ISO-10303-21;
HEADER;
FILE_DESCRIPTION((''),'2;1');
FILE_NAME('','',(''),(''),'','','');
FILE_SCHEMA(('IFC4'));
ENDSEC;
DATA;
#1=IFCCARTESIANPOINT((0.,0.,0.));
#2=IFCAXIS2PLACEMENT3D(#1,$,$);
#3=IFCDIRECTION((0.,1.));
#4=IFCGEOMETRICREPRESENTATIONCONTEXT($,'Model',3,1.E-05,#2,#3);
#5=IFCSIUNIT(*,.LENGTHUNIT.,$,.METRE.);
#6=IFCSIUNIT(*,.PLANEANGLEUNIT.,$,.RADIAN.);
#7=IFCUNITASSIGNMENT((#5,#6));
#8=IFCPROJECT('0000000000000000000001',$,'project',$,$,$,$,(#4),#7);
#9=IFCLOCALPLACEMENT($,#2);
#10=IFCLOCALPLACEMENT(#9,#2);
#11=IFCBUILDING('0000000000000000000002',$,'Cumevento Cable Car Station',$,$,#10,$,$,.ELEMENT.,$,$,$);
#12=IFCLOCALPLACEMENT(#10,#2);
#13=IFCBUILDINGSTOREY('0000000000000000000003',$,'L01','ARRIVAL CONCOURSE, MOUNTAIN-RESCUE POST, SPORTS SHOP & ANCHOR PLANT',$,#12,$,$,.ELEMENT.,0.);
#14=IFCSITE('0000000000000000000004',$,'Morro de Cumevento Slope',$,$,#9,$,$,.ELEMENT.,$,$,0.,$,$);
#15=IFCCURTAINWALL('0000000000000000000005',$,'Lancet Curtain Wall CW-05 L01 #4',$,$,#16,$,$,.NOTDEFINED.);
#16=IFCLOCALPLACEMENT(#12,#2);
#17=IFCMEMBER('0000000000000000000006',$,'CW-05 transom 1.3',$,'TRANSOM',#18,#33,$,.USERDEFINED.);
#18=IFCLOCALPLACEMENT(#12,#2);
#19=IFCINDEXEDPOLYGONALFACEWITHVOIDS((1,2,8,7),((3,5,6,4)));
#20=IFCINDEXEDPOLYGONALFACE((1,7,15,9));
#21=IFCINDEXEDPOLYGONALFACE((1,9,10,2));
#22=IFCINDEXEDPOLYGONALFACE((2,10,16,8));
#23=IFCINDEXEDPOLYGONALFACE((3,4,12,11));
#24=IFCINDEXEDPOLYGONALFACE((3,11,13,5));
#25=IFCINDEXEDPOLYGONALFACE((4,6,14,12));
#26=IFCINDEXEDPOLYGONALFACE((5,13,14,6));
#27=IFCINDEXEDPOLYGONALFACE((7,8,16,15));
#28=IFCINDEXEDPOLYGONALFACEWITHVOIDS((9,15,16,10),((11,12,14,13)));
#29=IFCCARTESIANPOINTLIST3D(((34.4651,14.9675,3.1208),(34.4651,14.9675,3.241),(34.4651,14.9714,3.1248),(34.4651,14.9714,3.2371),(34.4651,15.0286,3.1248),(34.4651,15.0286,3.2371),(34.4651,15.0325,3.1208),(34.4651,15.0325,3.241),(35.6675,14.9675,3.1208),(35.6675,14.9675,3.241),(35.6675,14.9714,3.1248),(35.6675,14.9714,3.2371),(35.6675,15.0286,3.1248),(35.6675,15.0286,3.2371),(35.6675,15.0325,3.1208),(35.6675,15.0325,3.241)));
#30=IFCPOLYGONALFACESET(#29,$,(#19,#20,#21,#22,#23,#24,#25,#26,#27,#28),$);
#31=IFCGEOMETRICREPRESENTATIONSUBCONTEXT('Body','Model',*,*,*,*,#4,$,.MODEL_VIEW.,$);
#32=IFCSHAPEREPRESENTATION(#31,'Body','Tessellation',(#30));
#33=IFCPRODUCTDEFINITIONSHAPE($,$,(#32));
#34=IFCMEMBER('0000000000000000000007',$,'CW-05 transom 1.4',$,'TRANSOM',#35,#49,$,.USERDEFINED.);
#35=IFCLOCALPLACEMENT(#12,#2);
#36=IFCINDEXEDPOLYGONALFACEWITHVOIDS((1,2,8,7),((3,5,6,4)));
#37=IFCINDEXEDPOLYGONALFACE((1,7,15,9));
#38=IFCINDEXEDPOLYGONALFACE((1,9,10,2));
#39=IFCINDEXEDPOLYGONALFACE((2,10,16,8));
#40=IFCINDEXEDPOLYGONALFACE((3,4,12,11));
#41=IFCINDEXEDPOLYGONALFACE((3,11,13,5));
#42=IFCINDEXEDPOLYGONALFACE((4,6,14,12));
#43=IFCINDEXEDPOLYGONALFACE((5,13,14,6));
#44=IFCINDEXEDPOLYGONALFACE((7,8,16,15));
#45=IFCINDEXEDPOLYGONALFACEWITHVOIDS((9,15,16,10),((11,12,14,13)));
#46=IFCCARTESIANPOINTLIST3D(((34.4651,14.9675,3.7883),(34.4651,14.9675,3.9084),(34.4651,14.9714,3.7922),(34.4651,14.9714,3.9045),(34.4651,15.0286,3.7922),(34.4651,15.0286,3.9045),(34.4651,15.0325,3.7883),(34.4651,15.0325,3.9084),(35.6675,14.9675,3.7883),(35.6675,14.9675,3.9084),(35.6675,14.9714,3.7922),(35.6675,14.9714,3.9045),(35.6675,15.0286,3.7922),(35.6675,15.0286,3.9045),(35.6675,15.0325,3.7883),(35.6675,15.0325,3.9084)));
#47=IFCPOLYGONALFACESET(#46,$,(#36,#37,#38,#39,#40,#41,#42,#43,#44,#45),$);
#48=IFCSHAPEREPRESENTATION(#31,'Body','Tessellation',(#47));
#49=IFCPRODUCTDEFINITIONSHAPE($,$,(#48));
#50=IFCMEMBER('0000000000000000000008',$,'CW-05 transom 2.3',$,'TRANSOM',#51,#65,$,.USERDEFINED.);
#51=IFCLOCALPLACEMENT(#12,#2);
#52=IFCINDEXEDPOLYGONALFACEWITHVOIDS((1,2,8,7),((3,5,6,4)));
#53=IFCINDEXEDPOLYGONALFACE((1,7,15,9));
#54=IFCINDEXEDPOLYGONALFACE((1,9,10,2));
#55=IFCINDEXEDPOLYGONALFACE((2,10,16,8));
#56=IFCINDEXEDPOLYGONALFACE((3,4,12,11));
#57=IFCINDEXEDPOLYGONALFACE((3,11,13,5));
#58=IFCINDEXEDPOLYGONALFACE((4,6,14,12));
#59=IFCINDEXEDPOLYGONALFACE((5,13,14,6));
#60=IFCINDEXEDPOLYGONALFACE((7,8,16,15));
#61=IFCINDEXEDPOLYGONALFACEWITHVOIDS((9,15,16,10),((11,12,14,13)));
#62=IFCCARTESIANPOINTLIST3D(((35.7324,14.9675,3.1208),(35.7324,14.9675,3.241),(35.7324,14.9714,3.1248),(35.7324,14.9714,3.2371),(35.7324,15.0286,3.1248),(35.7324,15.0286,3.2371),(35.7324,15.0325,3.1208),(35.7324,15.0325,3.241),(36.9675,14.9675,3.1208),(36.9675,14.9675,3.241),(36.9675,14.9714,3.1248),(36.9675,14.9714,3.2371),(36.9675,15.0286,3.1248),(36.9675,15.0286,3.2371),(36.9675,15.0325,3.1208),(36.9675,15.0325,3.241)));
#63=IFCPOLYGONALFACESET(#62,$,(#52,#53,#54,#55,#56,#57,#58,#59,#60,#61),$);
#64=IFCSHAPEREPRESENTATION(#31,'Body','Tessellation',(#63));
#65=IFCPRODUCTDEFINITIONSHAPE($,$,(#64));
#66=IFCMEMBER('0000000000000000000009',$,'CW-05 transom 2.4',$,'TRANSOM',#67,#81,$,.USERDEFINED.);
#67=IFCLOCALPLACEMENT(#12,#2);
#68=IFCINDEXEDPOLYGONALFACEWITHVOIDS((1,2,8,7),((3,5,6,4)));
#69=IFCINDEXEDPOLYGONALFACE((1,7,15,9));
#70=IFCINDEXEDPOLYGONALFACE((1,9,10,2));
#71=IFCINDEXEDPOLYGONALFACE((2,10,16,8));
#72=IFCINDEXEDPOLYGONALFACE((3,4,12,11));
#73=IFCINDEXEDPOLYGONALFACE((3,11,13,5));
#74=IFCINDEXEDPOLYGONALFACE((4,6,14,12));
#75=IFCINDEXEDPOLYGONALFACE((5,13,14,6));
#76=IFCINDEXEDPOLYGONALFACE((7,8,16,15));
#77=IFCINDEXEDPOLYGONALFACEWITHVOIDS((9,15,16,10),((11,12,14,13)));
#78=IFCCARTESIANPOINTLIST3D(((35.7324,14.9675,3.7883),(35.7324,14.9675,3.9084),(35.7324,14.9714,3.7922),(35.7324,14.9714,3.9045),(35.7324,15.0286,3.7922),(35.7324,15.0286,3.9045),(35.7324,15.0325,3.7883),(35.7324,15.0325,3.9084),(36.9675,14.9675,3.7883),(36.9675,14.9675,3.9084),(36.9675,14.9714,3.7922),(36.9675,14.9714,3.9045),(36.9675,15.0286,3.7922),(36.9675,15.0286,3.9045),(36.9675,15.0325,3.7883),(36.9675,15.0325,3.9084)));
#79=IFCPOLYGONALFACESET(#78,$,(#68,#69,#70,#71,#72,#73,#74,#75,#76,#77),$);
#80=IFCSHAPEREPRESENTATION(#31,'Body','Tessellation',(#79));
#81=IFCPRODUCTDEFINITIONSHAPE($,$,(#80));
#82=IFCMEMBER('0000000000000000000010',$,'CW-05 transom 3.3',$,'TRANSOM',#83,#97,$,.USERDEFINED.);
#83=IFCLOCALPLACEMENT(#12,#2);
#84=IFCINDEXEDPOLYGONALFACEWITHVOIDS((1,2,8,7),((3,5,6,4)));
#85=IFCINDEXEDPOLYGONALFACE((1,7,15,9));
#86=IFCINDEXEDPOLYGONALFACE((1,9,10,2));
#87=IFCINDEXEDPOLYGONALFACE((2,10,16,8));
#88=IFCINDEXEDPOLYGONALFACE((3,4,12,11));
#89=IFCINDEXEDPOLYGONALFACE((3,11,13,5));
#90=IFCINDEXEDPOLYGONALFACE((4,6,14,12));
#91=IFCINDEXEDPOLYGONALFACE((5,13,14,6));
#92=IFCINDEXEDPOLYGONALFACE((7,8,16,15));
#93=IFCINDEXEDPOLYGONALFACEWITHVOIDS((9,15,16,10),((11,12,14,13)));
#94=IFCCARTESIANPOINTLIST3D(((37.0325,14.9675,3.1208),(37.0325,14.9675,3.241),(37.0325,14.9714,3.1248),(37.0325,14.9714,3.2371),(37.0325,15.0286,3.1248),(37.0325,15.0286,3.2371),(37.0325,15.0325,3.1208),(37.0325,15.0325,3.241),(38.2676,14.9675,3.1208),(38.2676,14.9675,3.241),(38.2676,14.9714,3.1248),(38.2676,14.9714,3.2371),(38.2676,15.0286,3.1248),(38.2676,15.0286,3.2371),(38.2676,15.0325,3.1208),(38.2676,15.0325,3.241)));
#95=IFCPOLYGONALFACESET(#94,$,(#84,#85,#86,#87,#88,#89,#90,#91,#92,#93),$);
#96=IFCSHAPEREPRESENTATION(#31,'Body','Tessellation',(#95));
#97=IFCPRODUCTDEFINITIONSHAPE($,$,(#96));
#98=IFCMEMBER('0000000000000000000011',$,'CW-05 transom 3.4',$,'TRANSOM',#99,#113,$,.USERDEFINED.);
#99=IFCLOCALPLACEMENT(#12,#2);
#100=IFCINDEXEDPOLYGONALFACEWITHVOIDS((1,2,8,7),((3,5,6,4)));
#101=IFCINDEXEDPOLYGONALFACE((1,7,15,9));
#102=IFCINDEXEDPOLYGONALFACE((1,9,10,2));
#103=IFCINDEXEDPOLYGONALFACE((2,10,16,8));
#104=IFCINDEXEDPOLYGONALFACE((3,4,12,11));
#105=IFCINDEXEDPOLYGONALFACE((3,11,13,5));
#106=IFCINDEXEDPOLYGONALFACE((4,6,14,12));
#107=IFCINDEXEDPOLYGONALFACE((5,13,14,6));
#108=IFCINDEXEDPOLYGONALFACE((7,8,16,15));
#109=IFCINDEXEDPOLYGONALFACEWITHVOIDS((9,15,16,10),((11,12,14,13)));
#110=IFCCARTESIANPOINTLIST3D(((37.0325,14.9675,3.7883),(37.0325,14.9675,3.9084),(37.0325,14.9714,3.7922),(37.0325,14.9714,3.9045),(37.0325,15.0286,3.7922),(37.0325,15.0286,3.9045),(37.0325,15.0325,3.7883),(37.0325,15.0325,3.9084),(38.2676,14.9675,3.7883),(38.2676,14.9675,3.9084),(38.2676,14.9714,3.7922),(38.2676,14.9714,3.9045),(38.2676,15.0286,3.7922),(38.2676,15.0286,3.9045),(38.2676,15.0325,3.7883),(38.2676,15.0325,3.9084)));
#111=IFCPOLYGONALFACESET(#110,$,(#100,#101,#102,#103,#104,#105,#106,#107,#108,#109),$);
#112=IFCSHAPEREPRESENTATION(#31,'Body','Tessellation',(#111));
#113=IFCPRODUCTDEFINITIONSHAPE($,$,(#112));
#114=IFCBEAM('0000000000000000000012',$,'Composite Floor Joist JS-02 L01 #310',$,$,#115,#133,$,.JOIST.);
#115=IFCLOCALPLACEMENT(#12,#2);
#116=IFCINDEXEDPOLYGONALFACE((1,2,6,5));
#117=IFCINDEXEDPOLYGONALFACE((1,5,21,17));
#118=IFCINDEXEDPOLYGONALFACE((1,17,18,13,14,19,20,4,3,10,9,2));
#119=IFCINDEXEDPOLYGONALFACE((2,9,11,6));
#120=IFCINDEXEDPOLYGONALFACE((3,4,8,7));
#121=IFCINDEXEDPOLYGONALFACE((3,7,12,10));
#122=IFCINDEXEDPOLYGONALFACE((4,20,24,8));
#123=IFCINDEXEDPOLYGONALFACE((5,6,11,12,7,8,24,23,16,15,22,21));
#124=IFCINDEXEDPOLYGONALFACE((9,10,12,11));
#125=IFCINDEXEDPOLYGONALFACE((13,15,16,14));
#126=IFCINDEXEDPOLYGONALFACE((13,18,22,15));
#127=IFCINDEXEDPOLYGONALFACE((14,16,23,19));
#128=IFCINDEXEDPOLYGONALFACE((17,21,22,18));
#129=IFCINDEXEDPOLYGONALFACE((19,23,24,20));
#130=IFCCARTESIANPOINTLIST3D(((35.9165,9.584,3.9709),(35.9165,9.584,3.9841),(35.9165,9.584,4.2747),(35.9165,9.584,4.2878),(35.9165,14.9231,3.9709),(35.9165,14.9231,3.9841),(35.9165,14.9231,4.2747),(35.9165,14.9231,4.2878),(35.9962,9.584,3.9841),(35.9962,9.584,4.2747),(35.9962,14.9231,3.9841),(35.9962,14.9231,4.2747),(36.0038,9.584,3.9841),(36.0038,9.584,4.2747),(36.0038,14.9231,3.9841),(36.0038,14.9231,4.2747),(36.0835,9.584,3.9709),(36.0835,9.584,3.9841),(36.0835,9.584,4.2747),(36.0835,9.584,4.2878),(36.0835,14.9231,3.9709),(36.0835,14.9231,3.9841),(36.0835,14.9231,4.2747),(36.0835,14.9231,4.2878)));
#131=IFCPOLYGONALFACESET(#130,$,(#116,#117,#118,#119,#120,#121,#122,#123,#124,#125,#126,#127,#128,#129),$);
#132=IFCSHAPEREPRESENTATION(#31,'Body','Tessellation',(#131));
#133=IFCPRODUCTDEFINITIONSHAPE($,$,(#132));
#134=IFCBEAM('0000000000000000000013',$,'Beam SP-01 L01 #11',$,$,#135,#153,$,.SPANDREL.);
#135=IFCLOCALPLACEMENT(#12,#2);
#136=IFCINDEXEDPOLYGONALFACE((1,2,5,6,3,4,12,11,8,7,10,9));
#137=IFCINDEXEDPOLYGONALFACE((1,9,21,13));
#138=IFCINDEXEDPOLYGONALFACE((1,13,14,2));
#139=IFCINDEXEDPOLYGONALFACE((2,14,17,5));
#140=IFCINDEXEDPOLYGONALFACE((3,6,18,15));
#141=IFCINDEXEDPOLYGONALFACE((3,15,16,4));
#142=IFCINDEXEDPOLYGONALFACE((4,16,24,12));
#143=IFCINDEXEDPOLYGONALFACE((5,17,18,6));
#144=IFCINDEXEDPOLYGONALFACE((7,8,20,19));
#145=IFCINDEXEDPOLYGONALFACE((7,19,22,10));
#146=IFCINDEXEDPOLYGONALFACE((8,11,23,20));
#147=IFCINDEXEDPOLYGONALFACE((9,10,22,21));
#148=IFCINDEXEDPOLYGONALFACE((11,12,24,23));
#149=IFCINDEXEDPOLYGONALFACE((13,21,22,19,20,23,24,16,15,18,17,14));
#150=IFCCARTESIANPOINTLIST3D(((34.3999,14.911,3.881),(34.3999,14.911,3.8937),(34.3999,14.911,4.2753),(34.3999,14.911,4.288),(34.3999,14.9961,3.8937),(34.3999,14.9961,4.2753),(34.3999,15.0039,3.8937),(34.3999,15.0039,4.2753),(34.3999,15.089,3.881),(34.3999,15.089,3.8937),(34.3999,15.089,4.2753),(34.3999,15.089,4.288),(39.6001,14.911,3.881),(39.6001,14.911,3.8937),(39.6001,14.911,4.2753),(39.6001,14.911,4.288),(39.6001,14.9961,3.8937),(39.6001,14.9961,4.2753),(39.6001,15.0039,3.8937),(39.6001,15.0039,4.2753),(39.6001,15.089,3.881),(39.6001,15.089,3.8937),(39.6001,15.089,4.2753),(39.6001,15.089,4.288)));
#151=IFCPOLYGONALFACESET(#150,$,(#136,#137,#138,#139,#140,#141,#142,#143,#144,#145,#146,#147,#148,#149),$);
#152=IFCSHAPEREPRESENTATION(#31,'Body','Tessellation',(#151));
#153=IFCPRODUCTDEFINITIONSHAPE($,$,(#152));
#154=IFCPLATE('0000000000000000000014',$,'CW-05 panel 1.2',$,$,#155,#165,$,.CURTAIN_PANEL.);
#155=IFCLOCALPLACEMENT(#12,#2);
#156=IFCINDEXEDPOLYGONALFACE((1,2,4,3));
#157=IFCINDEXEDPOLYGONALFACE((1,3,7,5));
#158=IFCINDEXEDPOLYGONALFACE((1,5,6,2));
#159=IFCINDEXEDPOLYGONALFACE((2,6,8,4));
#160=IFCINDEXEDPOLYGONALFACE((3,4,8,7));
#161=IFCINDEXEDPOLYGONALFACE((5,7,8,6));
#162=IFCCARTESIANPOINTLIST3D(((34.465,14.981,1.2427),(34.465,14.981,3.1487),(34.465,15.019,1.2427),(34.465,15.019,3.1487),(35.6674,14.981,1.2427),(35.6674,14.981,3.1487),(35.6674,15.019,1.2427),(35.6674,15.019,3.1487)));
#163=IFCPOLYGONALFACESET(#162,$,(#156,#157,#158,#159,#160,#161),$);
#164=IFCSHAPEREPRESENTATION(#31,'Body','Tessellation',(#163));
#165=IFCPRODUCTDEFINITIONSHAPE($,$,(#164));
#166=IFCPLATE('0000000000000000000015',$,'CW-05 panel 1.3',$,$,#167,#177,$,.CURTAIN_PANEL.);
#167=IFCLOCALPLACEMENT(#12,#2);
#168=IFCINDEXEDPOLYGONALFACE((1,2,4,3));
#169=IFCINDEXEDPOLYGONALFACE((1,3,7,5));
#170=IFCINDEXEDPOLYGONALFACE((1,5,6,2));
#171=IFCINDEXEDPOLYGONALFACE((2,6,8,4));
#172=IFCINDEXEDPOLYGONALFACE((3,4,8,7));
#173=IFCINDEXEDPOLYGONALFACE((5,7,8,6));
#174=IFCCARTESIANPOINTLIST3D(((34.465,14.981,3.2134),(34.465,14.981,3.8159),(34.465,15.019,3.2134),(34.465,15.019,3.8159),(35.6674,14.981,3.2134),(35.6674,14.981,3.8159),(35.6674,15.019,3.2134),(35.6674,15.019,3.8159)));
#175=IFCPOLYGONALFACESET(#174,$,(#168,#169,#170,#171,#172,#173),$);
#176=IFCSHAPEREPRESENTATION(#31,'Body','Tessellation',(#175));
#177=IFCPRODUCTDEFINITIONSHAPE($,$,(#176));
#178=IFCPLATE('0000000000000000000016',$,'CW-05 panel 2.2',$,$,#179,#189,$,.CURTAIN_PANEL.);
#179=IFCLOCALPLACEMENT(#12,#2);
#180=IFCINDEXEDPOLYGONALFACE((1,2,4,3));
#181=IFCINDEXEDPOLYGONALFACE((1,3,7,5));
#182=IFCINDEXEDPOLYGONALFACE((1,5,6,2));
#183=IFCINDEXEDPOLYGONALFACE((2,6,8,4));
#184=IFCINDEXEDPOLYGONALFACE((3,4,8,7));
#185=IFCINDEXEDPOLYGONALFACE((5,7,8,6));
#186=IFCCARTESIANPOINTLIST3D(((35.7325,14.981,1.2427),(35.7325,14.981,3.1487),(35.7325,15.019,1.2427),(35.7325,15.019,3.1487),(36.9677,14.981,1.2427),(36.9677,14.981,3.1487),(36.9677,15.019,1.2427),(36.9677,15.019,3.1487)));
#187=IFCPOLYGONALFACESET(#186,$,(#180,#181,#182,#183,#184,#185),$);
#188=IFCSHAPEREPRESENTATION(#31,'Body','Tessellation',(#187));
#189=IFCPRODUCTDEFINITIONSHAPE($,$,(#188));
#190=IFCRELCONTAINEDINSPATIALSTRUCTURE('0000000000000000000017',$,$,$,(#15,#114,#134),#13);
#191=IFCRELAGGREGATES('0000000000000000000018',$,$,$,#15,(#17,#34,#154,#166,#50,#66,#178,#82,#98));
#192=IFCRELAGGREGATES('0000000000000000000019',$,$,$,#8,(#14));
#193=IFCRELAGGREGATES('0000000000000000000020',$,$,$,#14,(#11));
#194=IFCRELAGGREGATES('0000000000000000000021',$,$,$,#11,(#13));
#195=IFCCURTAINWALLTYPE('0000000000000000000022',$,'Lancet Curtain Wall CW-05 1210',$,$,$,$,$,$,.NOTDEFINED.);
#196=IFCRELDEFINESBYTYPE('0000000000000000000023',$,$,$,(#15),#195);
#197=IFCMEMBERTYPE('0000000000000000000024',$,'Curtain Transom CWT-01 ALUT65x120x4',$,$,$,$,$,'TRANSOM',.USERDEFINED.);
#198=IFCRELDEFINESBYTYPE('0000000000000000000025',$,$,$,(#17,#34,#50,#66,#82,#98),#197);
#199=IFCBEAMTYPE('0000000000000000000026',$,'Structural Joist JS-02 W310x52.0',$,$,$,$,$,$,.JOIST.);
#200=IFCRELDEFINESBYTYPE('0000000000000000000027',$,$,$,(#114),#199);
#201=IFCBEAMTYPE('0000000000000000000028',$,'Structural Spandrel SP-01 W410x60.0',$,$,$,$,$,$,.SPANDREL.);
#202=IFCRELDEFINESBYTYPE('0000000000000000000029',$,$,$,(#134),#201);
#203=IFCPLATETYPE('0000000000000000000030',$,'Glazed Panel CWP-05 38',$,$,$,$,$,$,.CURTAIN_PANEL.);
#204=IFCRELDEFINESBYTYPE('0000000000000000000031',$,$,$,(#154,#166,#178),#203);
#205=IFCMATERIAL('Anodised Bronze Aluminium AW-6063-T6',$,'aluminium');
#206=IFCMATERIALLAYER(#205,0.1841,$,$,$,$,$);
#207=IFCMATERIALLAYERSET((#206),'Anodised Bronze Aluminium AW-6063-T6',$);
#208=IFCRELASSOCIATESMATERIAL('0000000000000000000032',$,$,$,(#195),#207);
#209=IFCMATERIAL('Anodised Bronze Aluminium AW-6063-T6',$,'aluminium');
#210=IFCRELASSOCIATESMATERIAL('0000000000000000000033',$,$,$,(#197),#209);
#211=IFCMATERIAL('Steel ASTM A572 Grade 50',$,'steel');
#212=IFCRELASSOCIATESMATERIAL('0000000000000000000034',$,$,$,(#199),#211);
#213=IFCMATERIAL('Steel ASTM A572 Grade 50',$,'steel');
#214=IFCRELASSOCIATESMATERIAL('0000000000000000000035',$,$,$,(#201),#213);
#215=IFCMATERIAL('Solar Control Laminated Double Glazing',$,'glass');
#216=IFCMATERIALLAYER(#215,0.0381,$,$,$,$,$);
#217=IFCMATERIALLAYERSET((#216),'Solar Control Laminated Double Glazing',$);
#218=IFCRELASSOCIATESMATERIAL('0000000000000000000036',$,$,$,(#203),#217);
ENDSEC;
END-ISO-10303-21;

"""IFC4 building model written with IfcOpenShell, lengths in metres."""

from ifc_helpers import new_model, si_unit, direction, frame, origin, origin_2d, place, context, subcontext, project, spatial, rectangle, hollow_rectangle, i_section, extrude, material, layer, layer_set, material_profile, profile_set, type_object, element, aggregate, save


model = new_model("IFC4")

# Units and contexts
model_context = context("Model", 3, precision=1e-05, world=origin(), true_north=direction((0.0, 1.0)))
body_context = subcontext(model_context, "Body", "Model", "MODEL_VIEW")
ifc_project = project(units=[si_unit("LENGTHUNIT", "METRE"), si_unit("PLANEANGLEUNIT", "RADIAN")], contexts=[model_context])

# Site, building, storey
site_placement = place(None, origin())
site = spatial("IfcSite", under=ifc_project, at=site_placement, Name="Morro de Cumevento Slope", CompositionType="ELEMENT", RefElevation=0.0)
building_placement = place(site_placement, origin())
building = spatial("IfcBuilding", under=site, at=building_placement, Name="Cumevento Cable Car Station", CompositionType="ELEMENT")
storey_placement = place(building_placement, origin())
storey = spatial("IfcBuildingStorey", under=building, at=storey_placement, Name="L01", Description="ARRIVAL CONCOURSE, MOUNTAIN-RESCUE POST, SPORTS SHOP & ANCHOR PLANT", CompositionType="ELEMENT", Elevation=0.0)

# Curtain wall, members
ifc_material_1 = material(Name="Anodised Bronze Aluminium AW-6063-T6", Category="aluminium")
ifc_layer_1 = layer(ifc_material_1, 0.1841)
ifc_layer_set_1 = layer_set([ifc_layer_1], Name="Anodised Bronze Aluminium AW-6063-T6")
curtain_wall_type = type_object("IfcCurtainWallType", Name="Lancet Curtain Wall CW-05 1210", PredefinedType="NOTDEFINED", material=ifc_layer_set_1)
curtain_wall_placement = place(storey_placement, origin())
curtain_wall = element("IfcCurtainWall", 1, at=curtain_wall_placement, inside=storey, type_object=curtain_wall_type, Name="Lancet Curtain Wall CW-05 L01 #4", PredefinedType="NOTDEFINED")
ifc_material_2 = material(Name="Anodised Bronze Aluminium AW-6063-T6", Category="aluminium")
ifc_material_profile_1 = material_profile(ifc_material_2, hollow_rectangle(XDim=0.0649, YDim=0.1201, WallThickness=0.0039, at=origin_2d()), Name="ALUT65x120x4")
ifc_profile_set_1 = profile_set([ifc_material_profile_1], Name="Anodised Bronze Aluminium AW-6063-T6")
member_type = type_object("IfcMemberType", Name="Curtain Transom CWT-01 ALUT65x120x4", ElementType="TRANSOM", PredefinedType="USERDEFINED", material=ifc_profile_set_1)
member_1_placement = place(storey_placement, frame((34.4651, 15.0, 3.1809), z_axis=(1.0, 0.0, 0.0), x_axis=(0.0, 1.0, 0.0)))
member_1 = element("IfcMember", 2, at=member_1_placement, type_object=member_type, Name="CW-05 transom 1.3", ObjectType="TRANSOM", PredefinedType="USERDEFINED", context=body_context, shape_type="SweptSolid", body=[
    extrude(hollow_rectangle(XDim=0.0649, YDim=0.1201, WallThickness=0.0039, at=origin_2d()), origin(), (0.0, 0.0, 1.0), 1.2024),
])
member_2_placement = place(storey_placement, frame((34.4651, 15.0, 3.8484), z_axis=(1.0, 0.0, 0.0), x_axis=(0.0, 1.0, 0.0)))
member_2 = element("IfcMember", 3, at=member_2_placement, type_object=member_type, Name="CW-05 transom 1.4", ObjectType="TRANSOM", PredefinedType="USERDEFINED", context=body_context, shape_type="SweptSolid", body=[
    extrude(hollow_rectangle(XDim=0.0649, YDim=0.1201, WallThickness=0.0039, at=origin_2d()), origin(), (0.0, 0.0, 1.0), 1.2024),
])
member_3_placement = place(storey_placement, frame((35.7324, 15.0, 3.1809), z_axis=(1.0, 0.0, 0.0), x_axis=(0.0, 1.0, 0.0)))
member_3 = element("IfcMember", 4, at=member_3_placement, type_object=member_type, Name="CW-05 transom 2.3", ObjectType="TRANSOM", PredefinedType="USERDEFINED", context=body_context, shape_type="SweptSolid", body=[
    extrude(hollow_rectangle(XDim=0.0649, YDim=0.1201, WallThickness=0.0039, at=origin_2d()), origin(), (0.0, 0.0, 1.0), 1.2351),
])
member_4_placement = place(storey_placement, frame((35.7324, 15.0, 3.8484), z_axis=(1.0, 0.0, 0.0), x_axis=(0.0, 1.0, 0.0)))
member_4 = element("IfcMember", 5, at=member_4_placement, type_object=member_type, Name="CW-05 transom 2.4", ObjectType="TRANSOM", PredefinedType="USERDEFINED", context=body_context, shape_type="SweptSolid", body=[
    extrude(hollow_rectangle(XDim=0.0649, YDim=0.1201, WallThickness=0.0039, at=origin_2d()), origin(), (0.0, 0.0, 1.0), 1.2351),
])
member_5_placement = place(storey_placement, frame((37.0325, 15.0, 3.1809), z_axis=(1.0, 0.0, 0.0), x_axis=(0.0, 1.0, 0.0)))
member_5 = element("IfcMember", 6, at=member_5_placement, type_object=member_type, Name="CW-05 transom 3.3", ObjectType="TRANSOM", PredefinedType="USERDEFINED", context=body_context, shape_type="SweptSolid", body=[
    extrude(hollow_rectangle(XDim=0.0649, YDim=0.1201, WallThickness=0.0039, at=origin_2d()), origin(), (0.0, 0.0, 1.0), 1.2351),
])
member_6_placement = place(storey_placement, frame((37.0325, 15.0, 3.8484), z_axis=(1.0, 0.0, 0.0), x_axis=(0.0, 1.0, 0.0)))
member_6 = element("IfcMember", 7, at=member_6_placement, type_object=member_type, Name="CW-05 transom 3.4", ObjectType="TRANSOM", PredefinedType="USERDEFINED", context=body_context, shape_type="SweptSolid", body=[
    extrude(hollow_rectangle(XDim=0.0649, YDim=0.1201, WallThickness=0.0039, at=origin_2d()), origin(), (0.0, 0.0, 1.0), 1.2351),
])

# Beams
ifc_material_3 = material(Name="Steel ASTM A572 Grade 50", Category="steel")
ifc_material_profile_2 = material_profile(ifc_material_3, i_section(OverallWidth=0.167, OverallDepth=0.3169, WebThickness=0.0076, FlangeThickness=0.0132, at=origin_2d()), Name="W310x52.0")
ifc_profile_set_2 = profile_set([ifc_material_profile_2], Name="Steel ASTM A572 Grade 50")
beam_type_1 = type_object("IfcBeamType", Name="Structural Joist JS-02 W310x52.0", PredefinedType="JOIST", material=ifc_profile_set_2)
beam_1_placement = place(storey_placement, frame((36.0, 9.584, 4.1294), z_axis=(0.0, 1.0, 0.0), x_axis=(-1.0, 0.0, 0.0)))
element("IfcBeam", 8, at=beam_1_placement, inside=storey, type_object=beam_type_1, Name="Composite Floor Joist JS-02 L01 #310", PredefinedType="JOIST", context=body_context, shape_type="SweptSolid", body=[
    extrude(i_section(OverallWidth=0.167, OverallDepth=0.3169, WebThickness=0.0076, FlangeThickness=0.0132, at=origin_2d()), origin(), (0.0, 0.0, 1.0), 5.3391),
])
ifc_material_4 = material(Name="Steel ASTM A572 Grade 50", Category="steel")
ifc_material_profile_3 = material_profile(ifc_material_4, i_section(OverallWidth=0.178, OverallDepth=0.407, WebThickness=0.0078, FlangeThickness=0.0127, at=origin_2d()), Name="W410x60.0")
ifc_profile_set_3 = profile_set([ifc_material_profile_3], Name="Steel ASTM A572 Grade 50")
beam_type_2 = type_object("IfcBeamType", Name="Structural Spandrel SP-01 W410x60.0", PredefinedType="SPANDREL", material=ifc_profile_set_3)
beam_2_placement = place(storey_placement, frame((34.3999, 15.0, 4.0845), z_axis=(1.0, 0.0, 0.0), x_axis=(0.0, 1.0, 0.0)))
element("IfcBeam", 9, at=beam_2_placement, inside=storey, type_object=beam_type_2, Name="Beam SP-01 L01 #11", PredefinedType="SPANDREL", context=body_context, shape_type="SweptSolid", body=[
    extrude(i_section(OverallWidth=0.178, OverallDepth=0.407, WebThickness=0.0078, FlangeThickness=0.0127, at=origin_2d()), origin(), (0.0, 0.0, 1.0), 5.2002),
])

# Plates
ifc_material_5 = material(Name="Solar Control Laminated Double Glazing", Category="glass")
ifc_layer_2 = layer(ifc_material_5, 0.0381)
ifc_layer_set_2 = layer_set([ifc_layer_2], Name="Solar Control Laminated Double Glazing")
plate_type = type_object("IfcPlateType", Name="Glazed Panel CWP-05 38", PredefinedType="CURTAIN_PANEL", material=ifc_layer_set_2)
plate_1_placement = place(storey_placement, frame((35.0662, 15.0, 1.2427), z_axis=(0.0, 0.0, 1.0), x_axis=(1.0, 0.0, 0.0)))
plate_1 = element("IfcPlate", 10, at=plate_1_placement, type_object=plate_type, Name="CW-05 panel 1.2", PredefinedType="CURTAIN_PANEL", context=body_context, shape_type="SweptSolid", body=[
    extrude(rectangle(XDim=1.2024, YDim=0.0381, at=origin_2d()), origin(), (0.0, 0.0, 1.0), 1.906),
])
plate_2_placement = place(storey_placement, frame((35.0662, 15.0, 3.2134), z_axis=(0.0, 0.0, 1.0), x_axis=(1.0, 0.0, 0.0)))
plate_2 = element("IfcPlate", 11, at=plate_2_placement, type_object=plate_type, Name="CW-05 panel 1.3", PredefinedType="CURTAIN_PANEL", context=body_context, shape_type="SweptSolid", body=[
    extrude(rectangle(XDim=1.2024, YDim=0.0381, at=origin_2d()), origin(), (0.0, 0.0, 1.0), 0.6025),
])
plate_3_placement = place(storey_placement, frame((36.3501, 15.0, 1.2427), z_axis=(0.0, 0.0, 1.0), x_axis=(1.0, 0.0, 0.0)))
plate_3 = element("IfcPlate", 12, at=plate_3_placement, type_object=plate_type, Name="CW-05 panel 2.2", PredefinedType="CURTAIN_PANEL", context=body_context, shape_type="SweptSolid", body=[
    extrude(rectangle(XDim=1.2351, YDim=0.0381, at=origin_2d()), origin(), (0.0, 0.0, 1.0), 1.906),
])
aggregate(curtain_wall, [member_1, member_2, plate_1, plate_2, member_3, member_4, plate_3, member_5, member_6])

save(model, "model.ifc")
